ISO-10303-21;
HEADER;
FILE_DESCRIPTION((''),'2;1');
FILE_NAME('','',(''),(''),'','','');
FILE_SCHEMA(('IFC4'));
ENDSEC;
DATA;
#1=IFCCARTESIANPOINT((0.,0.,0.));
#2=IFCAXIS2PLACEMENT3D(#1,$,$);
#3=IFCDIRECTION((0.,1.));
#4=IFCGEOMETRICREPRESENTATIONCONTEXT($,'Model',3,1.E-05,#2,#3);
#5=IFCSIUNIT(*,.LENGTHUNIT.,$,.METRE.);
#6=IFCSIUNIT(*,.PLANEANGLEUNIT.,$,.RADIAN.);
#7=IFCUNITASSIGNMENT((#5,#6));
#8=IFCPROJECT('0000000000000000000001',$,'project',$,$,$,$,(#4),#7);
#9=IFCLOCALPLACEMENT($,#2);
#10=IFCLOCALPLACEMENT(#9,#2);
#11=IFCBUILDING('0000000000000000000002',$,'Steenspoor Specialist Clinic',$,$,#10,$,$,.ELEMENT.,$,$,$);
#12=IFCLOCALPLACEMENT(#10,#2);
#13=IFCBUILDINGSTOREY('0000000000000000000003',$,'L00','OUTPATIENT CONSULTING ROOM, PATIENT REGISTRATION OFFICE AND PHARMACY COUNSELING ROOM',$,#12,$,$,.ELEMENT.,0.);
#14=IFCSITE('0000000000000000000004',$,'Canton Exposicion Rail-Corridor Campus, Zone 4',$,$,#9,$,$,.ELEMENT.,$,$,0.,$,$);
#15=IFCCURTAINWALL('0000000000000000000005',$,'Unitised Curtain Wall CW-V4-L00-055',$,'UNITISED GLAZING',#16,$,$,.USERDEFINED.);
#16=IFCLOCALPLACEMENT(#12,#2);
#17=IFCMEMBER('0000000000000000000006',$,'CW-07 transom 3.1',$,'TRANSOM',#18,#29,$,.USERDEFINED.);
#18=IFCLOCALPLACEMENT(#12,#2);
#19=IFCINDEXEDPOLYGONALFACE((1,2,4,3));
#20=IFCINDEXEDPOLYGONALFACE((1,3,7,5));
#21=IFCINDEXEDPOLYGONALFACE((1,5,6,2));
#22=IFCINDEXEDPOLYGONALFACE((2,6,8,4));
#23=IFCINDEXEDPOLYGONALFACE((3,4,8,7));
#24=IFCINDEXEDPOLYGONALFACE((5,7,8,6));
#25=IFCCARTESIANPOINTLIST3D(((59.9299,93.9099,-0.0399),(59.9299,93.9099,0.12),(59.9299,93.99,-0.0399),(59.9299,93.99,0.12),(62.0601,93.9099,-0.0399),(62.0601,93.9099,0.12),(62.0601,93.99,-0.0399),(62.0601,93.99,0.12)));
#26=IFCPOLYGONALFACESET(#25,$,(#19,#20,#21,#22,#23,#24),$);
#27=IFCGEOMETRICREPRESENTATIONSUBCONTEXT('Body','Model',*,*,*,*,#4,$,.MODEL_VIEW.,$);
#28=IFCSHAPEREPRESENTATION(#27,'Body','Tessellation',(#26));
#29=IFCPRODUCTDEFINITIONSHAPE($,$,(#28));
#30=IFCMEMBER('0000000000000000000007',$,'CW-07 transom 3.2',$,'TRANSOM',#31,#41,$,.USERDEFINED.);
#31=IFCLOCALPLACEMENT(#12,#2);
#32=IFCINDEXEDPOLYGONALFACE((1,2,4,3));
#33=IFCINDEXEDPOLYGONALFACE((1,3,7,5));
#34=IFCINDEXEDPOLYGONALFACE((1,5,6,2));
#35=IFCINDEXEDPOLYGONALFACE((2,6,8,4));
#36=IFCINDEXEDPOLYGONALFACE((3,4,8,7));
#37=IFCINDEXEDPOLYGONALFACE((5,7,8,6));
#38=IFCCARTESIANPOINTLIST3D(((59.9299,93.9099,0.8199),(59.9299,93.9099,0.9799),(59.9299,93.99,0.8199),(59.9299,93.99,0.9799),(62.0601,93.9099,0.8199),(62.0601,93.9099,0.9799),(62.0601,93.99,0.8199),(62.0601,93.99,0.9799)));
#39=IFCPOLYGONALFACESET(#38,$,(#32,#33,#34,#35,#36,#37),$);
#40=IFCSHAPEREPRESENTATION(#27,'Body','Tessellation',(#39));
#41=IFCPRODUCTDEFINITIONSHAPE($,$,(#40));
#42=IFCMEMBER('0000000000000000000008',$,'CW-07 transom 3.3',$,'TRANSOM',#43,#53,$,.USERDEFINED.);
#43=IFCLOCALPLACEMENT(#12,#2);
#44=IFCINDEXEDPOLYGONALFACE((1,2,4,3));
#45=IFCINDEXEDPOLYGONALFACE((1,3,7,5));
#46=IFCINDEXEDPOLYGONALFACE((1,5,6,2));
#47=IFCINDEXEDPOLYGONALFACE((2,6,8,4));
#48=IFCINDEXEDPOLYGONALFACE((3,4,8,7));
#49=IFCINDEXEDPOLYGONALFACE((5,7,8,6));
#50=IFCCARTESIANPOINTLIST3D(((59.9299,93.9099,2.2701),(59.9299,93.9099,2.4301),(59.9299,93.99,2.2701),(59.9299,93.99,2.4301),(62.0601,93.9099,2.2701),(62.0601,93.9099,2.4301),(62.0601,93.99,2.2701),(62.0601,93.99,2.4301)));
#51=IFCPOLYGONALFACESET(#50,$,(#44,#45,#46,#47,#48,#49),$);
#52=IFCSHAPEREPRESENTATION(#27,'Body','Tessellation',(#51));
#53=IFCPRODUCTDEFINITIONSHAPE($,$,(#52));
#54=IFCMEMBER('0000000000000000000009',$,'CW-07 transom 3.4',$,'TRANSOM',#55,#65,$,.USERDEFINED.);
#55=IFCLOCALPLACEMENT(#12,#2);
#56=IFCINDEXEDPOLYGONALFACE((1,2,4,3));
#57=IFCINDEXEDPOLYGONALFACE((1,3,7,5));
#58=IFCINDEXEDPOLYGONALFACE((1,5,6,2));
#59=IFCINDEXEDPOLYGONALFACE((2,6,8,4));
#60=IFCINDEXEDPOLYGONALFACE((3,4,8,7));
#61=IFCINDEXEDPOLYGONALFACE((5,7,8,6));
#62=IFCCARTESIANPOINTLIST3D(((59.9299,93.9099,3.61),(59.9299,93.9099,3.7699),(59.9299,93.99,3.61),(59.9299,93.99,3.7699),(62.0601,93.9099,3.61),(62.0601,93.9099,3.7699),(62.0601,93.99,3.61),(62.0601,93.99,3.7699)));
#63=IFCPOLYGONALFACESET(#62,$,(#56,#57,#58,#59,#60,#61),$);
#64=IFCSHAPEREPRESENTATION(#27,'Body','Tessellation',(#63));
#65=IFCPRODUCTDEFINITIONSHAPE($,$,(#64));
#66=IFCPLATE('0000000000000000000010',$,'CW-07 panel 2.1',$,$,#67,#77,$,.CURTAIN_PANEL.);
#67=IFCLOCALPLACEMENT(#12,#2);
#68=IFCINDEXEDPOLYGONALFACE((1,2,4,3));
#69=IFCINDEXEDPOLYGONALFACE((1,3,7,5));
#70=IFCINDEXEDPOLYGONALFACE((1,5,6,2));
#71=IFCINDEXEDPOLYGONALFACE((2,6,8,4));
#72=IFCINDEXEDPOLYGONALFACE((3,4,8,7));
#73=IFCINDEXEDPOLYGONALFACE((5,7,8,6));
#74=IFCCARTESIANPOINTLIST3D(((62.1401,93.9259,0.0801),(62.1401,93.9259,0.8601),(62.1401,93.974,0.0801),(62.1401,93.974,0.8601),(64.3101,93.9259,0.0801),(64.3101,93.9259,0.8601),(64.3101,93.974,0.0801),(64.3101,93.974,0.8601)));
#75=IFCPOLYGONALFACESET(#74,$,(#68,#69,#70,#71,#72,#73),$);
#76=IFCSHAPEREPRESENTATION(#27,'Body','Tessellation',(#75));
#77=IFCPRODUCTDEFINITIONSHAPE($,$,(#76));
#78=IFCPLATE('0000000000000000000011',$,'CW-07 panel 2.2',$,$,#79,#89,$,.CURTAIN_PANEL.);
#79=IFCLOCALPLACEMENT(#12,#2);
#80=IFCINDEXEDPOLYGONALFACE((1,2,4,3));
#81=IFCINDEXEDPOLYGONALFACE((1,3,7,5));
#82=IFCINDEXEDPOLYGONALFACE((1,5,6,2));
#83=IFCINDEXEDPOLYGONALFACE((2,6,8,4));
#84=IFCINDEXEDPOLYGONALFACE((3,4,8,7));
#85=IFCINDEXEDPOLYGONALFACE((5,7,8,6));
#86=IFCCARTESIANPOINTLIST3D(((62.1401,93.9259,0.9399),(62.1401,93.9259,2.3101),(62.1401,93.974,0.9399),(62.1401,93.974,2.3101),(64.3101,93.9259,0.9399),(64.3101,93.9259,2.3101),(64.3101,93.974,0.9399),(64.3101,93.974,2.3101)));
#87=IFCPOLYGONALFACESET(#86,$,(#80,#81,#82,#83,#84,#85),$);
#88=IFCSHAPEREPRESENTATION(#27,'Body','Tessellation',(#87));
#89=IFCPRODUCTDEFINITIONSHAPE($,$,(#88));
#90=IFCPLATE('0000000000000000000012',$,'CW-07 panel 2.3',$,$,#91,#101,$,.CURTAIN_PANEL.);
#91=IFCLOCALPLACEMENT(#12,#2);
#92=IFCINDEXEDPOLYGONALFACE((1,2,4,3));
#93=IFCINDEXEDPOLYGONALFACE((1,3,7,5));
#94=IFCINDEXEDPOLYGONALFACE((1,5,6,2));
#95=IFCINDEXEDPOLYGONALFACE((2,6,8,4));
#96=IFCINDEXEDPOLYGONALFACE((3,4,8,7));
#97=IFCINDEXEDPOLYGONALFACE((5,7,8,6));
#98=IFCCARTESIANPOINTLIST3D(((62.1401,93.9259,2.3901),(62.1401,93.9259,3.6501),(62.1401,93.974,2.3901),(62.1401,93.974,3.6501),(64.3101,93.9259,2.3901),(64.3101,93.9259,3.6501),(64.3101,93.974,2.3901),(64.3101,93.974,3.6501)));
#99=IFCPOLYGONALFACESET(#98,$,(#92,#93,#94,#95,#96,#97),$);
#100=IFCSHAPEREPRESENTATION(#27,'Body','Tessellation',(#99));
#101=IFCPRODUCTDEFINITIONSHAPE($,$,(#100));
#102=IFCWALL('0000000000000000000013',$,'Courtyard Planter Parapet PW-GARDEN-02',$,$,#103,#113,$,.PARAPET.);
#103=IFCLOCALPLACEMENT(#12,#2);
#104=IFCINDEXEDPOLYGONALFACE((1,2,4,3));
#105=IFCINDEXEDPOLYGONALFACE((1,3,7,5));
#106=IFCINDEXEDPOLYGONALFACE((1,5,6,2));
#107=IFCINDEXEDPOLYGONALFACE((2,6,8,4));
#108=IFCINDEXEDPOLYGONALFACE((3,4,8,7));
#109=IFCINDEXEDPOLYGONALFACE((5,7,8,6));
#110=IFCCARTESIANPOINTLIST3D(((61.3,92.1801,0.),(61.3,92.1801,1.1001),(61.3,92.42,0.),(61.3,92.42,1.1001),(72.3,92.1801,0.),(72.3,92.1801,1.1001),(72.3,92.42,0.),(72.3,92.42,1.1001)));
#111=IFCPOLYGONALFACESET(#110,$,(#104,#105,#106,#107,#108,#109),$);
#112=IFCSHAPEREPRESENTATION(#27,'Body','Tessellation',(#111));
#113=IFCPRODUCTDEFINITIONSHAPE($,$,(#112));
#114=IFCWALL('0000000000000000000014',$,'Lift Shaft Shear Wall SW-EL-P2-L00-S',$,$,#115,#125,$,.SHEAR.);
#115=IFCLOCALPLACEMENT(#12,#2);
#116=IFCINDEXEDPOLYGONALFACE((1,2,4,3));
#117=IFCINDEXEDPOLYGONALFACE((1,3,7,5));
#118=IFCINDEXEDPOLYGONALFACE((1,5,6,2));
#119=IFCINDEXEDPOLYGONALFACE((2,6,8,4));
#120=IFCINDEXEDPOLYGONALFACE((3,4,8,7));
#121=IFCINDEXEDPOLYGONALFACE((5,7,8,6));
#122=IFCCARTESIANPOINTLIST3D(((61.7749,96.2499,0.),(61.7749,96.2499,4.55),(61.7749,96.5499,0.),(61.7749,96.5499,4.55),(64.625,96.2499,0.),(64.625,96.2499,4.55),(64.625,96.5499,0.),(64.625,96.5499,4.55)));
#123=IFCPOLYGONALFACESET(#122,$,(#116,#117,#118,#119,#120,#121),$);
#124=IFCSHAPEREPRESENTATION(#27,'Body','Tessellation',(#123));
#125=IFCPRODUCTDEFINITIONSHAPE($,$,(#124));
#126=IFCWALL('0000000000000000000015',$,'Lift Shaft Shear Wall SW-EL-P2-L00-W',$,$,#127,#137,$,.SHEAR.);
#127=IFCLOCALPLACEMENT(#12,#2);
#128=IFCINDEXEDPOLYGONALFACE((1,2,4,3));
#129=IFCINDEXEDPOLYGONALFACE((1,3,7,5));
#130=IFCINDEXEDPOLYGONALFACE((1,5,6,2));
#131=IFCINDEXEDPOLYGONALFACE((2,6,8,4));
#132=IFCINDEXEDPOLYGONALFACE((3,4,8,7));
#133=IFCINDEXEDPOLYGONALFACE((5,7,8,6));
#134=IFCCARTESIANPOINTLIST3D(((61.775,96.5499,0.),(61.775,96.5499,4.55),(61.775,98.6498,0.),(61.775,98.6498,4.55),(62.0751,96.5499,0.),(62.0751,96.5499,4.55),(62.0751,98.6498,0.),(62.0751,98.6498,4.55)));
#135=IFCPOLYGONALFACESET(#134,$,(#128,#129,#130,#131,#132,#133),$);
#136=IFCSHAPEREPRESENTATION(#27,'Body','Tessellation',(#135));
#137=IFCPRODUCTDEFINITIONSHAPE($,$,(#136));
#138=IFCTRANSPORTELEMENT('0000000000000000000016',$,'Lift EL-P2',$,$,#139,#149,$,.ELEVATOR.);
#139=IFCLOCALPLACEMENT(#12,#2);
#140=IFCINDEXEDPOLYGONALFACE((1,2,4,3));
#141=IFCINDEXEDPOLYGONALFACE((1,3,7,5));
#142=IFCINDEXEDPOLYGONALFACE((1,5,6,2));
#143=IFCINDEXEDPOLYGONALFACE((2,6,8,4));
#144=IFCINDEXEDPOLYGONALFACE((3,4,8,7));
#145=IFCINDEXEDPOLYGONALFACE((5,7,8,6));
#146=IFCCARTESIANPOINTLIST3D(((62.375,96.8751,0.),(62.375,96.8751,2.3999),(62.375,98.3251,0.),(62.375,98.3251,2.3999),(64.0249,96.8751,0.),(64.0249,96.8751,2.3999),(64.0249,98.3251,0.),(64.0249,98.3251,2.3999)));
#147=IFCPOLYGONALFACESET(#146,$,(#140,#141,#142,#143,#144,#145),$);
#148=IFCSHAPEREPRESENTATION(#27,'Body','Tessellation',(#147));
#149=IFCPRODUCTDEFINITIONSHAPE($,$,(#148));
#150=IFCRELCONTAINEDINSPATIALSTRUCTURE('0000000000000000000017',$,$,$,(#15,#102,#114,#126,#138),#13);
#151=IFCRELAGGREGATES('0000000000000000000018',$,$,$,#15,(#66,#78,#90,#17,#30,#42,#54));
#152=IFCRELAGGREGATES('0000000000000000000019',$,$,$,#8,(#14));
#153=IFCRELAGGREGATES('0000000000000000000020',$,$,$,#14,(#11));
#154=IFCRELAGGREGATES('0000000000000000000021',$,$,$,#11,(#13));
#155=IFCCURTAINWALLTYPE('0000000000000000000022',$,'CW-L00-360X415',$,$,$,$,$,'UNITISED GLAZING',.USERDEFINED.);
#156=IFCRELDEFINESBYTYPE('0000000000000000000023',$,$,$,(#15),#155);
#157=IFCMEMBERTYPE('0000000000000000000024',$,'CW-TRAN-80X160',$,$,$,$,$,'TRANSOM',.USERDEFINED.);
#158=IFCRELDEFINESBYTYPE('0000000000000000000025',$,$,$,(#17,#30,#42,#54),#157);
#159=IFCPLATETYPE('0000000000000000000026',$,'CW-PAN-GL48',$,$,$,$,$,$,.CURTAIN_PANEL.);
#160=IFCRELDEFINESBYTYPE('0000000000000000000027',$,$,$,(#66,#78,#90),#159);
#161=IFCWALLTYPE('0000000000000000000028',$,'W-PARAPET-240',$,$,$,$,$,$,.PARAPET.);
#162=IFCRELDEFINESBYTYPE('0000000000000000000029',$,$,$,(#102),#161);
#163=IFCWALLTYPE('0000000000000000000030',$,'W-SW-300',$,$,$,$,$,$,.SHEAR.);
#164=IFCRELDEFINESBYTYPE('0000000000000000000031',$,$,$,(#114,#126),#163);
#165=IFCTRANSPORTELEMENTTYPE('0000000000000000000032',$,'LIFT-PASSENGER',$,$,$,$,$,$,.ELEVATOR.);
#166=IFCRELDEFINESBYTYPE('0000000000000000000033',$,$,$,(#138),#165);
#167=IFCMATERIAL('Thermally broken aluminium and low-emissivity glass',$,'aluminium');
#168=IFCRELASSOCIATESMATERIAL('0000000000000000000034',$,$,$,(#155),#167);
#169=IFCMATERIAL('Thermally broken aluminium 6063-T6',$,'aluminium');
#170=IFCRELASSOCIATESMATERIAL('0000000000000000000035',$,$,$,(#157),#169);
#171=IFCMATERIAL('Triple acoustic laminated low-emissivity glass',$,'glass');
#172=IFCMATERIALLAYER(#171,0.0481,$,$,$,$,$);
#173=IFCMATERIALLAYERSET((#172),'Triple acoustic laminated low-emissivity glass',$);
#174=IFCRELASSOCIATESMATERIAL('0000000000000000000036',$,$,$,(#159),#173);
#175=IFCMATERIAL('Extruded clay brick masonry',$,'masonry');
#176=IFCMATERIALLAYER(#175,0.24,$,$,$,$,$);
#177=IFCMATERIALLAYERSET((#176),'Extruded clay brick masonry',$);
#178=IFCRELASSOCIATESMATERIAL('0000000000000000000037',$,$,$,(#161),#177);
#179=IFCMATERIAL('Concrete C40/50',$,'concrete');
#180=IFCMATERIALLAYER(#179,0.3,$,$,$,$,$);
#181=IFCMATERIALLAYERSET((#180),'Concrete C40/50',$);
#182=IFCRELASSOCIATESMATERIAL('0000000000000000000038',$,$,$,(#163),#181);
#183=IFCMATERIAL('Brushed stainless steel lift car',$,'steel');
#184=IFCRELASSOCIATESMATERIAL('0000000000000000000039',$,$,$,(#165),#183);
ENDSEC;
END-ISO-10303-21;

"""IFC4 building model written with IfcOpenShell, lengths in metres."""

from ifc_helpers import new_model, si_unit, direction, frame, frame_2d, origin, origin_2d, place, context, subcontext, project, spatial, rectangle, extrude, material, layer, layer_set, material_profile, profile_set, type_object, element, aggregate, save


model = new_model("IFC4")

# Units and contexts
model_context = context("Model", 3, precision=1e-05, world=origin(), true_north=direction((0.0, 1.0)))
body_context = subcontext(model_context, "Body", "Model", "MODEL_VIEW")
ifc_project = project(units=[si_unit("LENGTHUNIT", "METRE"), si_unit("PLANEANGLEUNIT", "RADIAN")], contexts=[model_context])

# Site, building, storey
site_placement = place(None, origin())
site = spatial("IfcSite", under=ifc_project, at=site_placement, Name="Canton Exposicion Rail-Corridor Campus, Zone 4", CompositionType="ELEMENT", RefElevation=0.0)
building_placement = place(site_placement, origin())
building = spatial("IfcBuilding", under=site, at=building_placement, Name="Steenspoor Specialist Clinic", CompositionType="ELEMENT")
storey_placement = place(building_placement, origin())
storey = spatial("IfcBuildingStorey", under=building, at=storey_placement, Name="L00", Description="OUTPATIENT CONSULTING ROOM, PATIENT REGISTRATION OFFICE AND PHARMACY COUNSELING ROOM", CompositionType="ELEMENT", Elevation=0.0)

# Curtain wall, members, plates
ifc_material_1 = material(Name="Thermally broken aluminium and low-emissivity glass", Category="aluminium")
curtain_wall_type = type_object("IfcCurtainWallType", Name="CW-L00-360X415", ElementType="UNITISED GLAZING", PredefinedType="USERDEFINED", material=ifc_material_1)
curtain_wall_placement = place(storey_placement, origin())
curtain_wall = element("IfcCurtainWall", 1, at=curtain_wall_placement, inside=storey, type_object=curtain_wall_type, Name="Unitised Curtain Wall CW-V4-L00-055", ObjectType="UNITISED GLAZING", PredefinedType="USERDEFINED")
ifc_material_2 = material(Name="Thermally broken aluminium 6063-T6", Category="aluminium")
ifc_material_profile_1 = material_profile(ifc_material_2, rectangle(XDim=0.0801, YDim=0.1599, at=origin_2d()), Name="CWT-80X160")
ifc_profile_set_1 = profile_set([ifc_material_profile_1], Name="Thermally broken aluminium 6063-T6")
member_type_1 = type_object("IfcMemberType", Name="CW-TRAN-80X160", ElementType="TRANSOM", PredefinedType="USERDEFINED", material=ifc_profile_set_1)
member_1_placement = place(storey_placement, frame((62.0601, 93.95, 0.04), z_axis=(-1.0, 0.0, 0.0), x_axis=(0.0, -1.0, 0.0)))
member_1 = element("IfcMember", 2, at=member_1_placement, type_object=member_type_1, Name="CW-07 transom 3.1", ObjectType="TRANSOM", PredefinedType="USERDEFINED", context=body_context, shape_type="SweptSolid", body=[
    extrude(rectangle(XDim=0.0801, YDim=0.1599, at=origin_2d()), origin(), (0.0, 0.0, 1.0), 2.1301),
])
member_2_placement = place(storey_placement, frame((62.0601, 93.95, 0.8999), z_axis=(-1.0, 0.0, 0.0), x_axis=(0.0, -1.0, 0.0)))
member_2 = element("IfcMember", 3, at=member_2_placement, type_object=member_type_1, Name="CW-07 transom 3.2", ObjectType="TRANSOM", PredefinedType="USERDEFINED", context=body_context, shape_type="SweptSolid", body=[
    extrude(rectangle(XDim=0.0801, YDim=0.1599, at=origin_2d()), origin(), (0.0, 0.0, 1.0), 2.1301),
])
member_3_placement = place(storey_placement, frame((62.0601, 93.95, 2.3501), z_axis=(-1.0, 0.0, 0.0), x_axis=(0.0, -1.0, 0.0)))
member_3 = element("IfcMember", 4, at=member_3_placement, type_object=member_type_1, Name="CW-07 transom 3.3", ObjectType="TRANSOM", PredefinedType="USERDEFINED", context=body_context, shape_type="SweptSolid", body=[
    extrude(rectangle(XDim=0.0801, YDim=0.1599, at=origin_2d()), origin(), (0.0, 0.0, 1.0), 2.1301),
])
member_4_placement = place(storey_placement, frame((62.0601, 93.95, 3.6899), z_axis=(-1.0, 0.0, 0.0), x_axis=(0.0, -1.0, 0.0)))
member_4 = element("IfcMember", 5, at=member_4_placement, type_object=member_type_1, Name="CW-07 transom 3.4", ObjectType="TRANSOM", PredefinedType="USERDEFINED", context=body_context, shape_type="SweptSolid", body=[
    extrude(rectangle(XDim=0.0801, YDim=0.1599, at=origin_2d()), origin(), (0.0, 0.0, 1.0), 2.1301),
])
ifc_material_3 = material(Name="Triple acoustic laminated low-emissivity glass", Category="glass")
ifc_layer_1 = layer(ifc_material_3, 0.0481)
ifc_layer_set_1 = layer_set([ifc_layer_1], Name="Triple acoustic laminated low-emissivity glass")
plate_type = type_object("IfcPlateType", Name="CW-PAN-GL48", PredefinedType="CURTAIN_PANEL", material=ifc_layer_set_1)
plate_1_placement = place(storey_placement, frame((63.2251, 93.95, 0.0801), z_axis=(0.0, 0.0, 1.0), x_axis=(-1.0, 0.0, 0.0)))
plate_1 = element("IfcPlate", 6, at=plate_1_placement, type_object=plate_type, Name="CW-07 panel 2.1", PredefinedType="CURTAIN_PANEL", context=body_context, shape_type="SweptSolid", body=[
    extrude(rectangle(XDim=2.1699, YDim=0.0481, at=origin_2d()), origin(), (0.0, 0.0, 1.0), 0.78),
])
plate_2_placement = place(storey_placement, frame((63.2251, 93.95, 0.9399), z_axis=(0.0, 0.0, 1.0), x_axis=(-1.0, 0.0, 0.0)))
plate_2 = element("IfcPlate", 7, at=plate_2_placement, type_object=plate_type, Name="CW-07 panel 2.2", PredefinedType="CURTAIN_PANEL", context=body_context, shape_type="SweptSolid", body=[
    extrude(rectangle(XDim=2.1699, YDim=0.0481, at=origin_2d()), origin(), (0.0, 0.0, 1.0), 1.3701),
])
plate_3_placement = place(storey_placement, frame((63.2251, 93.95, 2.3901), z_axis=(0.0, 0.0, 1.0), x_axis=(-1.0, 0.0, 0.0)))
plate_3 = element("IfcPlate", 8, at=plate_3_placement, type_object=plate_type, Name="CW-07 panel 2.3", PredefinedType="CURTAIN_PANEL", context=body_context, shape_type="SweptSolid", body=[
    extrude(rectangle(XDim=2.1699, YDim=0.0481, at=origin_2d()), origin(), (0.0, 0.0, 1.0), 1.26),
])
aggregate(curtain_wall, [plate_1, plate_2, plate_3, member_1, member_2, member_3, member_4])

# Walls
ifc_material_4 = material(Name="Extruded clay brick masonry", Category="masonry")
ifc_layer_2 = layer(ifc_material_4, 0.24)
ifc_layer_set_2 = layer_set([ifc_layer_2], Name="Extruded clay brick masonry")
wall_type_1 = type_object("IfcWallType", Name="W-PARAPET-240", PredefinedType="PARAPET", material=ifc_layer_set_2)
wall_1_placement = place(storey_placement, frame((61.3, 92.3, 0.0), z_axis=(0.0, 0.0, 1.0), x_axis=(1.0, 0.0, 0.0)))
element("IfcWall", 9, at=wall_1_placement, inside=storey, type_object=wall_type_1, Name="Courtyard Planter Parapet PW-GARDEN-02", PredefinedType="PARAPET", context=body_context, shape_type="SweptSolid", body=[
    extrude(rectangle(XDim=11.0, YDim=0.24, at=frame_2d((5.5, 0.0))), origin(), (0.0, 0.0, 1.0), 1.1001),
])
ifc_material_5 = material(Name="Concrete C40/50", Category="concrete")
ifc_layer_3 = layer(ifc_material_5, 0.3)
ifc_layer_set_3 = layer_set([ifc_layer_3], Name="Concrete C40/50")
wall_type_2 = type_object("IfcWallType", Name="W-SW-300", PredefinedType="SHEAR", material=ifc_layer_set_3)
wall_2_placement = place(storey_placement, frame((61.7749, 96.3999, 0.0), z_axis=(0.0, 0.0, 1.0), x_axis=(1.0, 0.0, 0.0)))
element("IfcWall", 10, at=wall_2_placement, inside=storey, type_object=wall_type_2, Name="Lift Shaft Shear Wall SW-EL-P2-L00-S", PredefinedType="SHEAR", context=body_context, shape_type="SweptSolid", body=[
    extrude(rectangle(XDim=2.8501, YDim=0.3, at=frame_2d((1.425, 0.0))), origin(), (0.0, 0.0, 1.0), 4.55),
])
wall_3_placement = place(storey_placement, frame((61.925, 96.55, 0.0), z_axis=(0.0, 0.0, 1.0), x_axis=(0.0, 1.0, 0.0)))
element("IfcWall", 11, at=wall_3_placement, inside=storey, type_object=wall_type_2, Name="Lift Shaft Shear Wall SW-EL-P2-L00-W", PredefinedType="SHEAR", context=body_context, shape_type="SweptSolid", body=[
    extrude(rectangle(XDim=2.0999, YDim=0.3, at=frame_2d((1.0498, 0.0))), origin(), (0.0, 0.0, 1.0), 4.55),
])

# Transport element
ifc_material_6 = material(Name="Brushed stainless steel lift car", Category="steel")
transport_element_type = type_object("IfcTransportElementType", Name="LIFT-PASSENGER", PredefinedType="ELEVATOR", material=ifc_material_6)
transport_element_placement = place(storey_placement, frame((63.2, 97.6001, 0.0), z_axis=(0.0, 0.0, 1.0), x_axis=(1.0, 0.0, 0.0)))
element("IfcTransportElement", 12, at=transport_element_placement, inside=storey, type_object=transport_element_type, Name="Lift EL-P2", PredefinedType="ELEVATOR", context=body_context, shape_type="SweptSolid", body=[
    extrude(rectangle(XDim=1.6499, YDim=1.45, at=origin_2d()), origin(), (0.0, 0.0, 1.0), 2.3999),
])

save(model, "model.ifc")
